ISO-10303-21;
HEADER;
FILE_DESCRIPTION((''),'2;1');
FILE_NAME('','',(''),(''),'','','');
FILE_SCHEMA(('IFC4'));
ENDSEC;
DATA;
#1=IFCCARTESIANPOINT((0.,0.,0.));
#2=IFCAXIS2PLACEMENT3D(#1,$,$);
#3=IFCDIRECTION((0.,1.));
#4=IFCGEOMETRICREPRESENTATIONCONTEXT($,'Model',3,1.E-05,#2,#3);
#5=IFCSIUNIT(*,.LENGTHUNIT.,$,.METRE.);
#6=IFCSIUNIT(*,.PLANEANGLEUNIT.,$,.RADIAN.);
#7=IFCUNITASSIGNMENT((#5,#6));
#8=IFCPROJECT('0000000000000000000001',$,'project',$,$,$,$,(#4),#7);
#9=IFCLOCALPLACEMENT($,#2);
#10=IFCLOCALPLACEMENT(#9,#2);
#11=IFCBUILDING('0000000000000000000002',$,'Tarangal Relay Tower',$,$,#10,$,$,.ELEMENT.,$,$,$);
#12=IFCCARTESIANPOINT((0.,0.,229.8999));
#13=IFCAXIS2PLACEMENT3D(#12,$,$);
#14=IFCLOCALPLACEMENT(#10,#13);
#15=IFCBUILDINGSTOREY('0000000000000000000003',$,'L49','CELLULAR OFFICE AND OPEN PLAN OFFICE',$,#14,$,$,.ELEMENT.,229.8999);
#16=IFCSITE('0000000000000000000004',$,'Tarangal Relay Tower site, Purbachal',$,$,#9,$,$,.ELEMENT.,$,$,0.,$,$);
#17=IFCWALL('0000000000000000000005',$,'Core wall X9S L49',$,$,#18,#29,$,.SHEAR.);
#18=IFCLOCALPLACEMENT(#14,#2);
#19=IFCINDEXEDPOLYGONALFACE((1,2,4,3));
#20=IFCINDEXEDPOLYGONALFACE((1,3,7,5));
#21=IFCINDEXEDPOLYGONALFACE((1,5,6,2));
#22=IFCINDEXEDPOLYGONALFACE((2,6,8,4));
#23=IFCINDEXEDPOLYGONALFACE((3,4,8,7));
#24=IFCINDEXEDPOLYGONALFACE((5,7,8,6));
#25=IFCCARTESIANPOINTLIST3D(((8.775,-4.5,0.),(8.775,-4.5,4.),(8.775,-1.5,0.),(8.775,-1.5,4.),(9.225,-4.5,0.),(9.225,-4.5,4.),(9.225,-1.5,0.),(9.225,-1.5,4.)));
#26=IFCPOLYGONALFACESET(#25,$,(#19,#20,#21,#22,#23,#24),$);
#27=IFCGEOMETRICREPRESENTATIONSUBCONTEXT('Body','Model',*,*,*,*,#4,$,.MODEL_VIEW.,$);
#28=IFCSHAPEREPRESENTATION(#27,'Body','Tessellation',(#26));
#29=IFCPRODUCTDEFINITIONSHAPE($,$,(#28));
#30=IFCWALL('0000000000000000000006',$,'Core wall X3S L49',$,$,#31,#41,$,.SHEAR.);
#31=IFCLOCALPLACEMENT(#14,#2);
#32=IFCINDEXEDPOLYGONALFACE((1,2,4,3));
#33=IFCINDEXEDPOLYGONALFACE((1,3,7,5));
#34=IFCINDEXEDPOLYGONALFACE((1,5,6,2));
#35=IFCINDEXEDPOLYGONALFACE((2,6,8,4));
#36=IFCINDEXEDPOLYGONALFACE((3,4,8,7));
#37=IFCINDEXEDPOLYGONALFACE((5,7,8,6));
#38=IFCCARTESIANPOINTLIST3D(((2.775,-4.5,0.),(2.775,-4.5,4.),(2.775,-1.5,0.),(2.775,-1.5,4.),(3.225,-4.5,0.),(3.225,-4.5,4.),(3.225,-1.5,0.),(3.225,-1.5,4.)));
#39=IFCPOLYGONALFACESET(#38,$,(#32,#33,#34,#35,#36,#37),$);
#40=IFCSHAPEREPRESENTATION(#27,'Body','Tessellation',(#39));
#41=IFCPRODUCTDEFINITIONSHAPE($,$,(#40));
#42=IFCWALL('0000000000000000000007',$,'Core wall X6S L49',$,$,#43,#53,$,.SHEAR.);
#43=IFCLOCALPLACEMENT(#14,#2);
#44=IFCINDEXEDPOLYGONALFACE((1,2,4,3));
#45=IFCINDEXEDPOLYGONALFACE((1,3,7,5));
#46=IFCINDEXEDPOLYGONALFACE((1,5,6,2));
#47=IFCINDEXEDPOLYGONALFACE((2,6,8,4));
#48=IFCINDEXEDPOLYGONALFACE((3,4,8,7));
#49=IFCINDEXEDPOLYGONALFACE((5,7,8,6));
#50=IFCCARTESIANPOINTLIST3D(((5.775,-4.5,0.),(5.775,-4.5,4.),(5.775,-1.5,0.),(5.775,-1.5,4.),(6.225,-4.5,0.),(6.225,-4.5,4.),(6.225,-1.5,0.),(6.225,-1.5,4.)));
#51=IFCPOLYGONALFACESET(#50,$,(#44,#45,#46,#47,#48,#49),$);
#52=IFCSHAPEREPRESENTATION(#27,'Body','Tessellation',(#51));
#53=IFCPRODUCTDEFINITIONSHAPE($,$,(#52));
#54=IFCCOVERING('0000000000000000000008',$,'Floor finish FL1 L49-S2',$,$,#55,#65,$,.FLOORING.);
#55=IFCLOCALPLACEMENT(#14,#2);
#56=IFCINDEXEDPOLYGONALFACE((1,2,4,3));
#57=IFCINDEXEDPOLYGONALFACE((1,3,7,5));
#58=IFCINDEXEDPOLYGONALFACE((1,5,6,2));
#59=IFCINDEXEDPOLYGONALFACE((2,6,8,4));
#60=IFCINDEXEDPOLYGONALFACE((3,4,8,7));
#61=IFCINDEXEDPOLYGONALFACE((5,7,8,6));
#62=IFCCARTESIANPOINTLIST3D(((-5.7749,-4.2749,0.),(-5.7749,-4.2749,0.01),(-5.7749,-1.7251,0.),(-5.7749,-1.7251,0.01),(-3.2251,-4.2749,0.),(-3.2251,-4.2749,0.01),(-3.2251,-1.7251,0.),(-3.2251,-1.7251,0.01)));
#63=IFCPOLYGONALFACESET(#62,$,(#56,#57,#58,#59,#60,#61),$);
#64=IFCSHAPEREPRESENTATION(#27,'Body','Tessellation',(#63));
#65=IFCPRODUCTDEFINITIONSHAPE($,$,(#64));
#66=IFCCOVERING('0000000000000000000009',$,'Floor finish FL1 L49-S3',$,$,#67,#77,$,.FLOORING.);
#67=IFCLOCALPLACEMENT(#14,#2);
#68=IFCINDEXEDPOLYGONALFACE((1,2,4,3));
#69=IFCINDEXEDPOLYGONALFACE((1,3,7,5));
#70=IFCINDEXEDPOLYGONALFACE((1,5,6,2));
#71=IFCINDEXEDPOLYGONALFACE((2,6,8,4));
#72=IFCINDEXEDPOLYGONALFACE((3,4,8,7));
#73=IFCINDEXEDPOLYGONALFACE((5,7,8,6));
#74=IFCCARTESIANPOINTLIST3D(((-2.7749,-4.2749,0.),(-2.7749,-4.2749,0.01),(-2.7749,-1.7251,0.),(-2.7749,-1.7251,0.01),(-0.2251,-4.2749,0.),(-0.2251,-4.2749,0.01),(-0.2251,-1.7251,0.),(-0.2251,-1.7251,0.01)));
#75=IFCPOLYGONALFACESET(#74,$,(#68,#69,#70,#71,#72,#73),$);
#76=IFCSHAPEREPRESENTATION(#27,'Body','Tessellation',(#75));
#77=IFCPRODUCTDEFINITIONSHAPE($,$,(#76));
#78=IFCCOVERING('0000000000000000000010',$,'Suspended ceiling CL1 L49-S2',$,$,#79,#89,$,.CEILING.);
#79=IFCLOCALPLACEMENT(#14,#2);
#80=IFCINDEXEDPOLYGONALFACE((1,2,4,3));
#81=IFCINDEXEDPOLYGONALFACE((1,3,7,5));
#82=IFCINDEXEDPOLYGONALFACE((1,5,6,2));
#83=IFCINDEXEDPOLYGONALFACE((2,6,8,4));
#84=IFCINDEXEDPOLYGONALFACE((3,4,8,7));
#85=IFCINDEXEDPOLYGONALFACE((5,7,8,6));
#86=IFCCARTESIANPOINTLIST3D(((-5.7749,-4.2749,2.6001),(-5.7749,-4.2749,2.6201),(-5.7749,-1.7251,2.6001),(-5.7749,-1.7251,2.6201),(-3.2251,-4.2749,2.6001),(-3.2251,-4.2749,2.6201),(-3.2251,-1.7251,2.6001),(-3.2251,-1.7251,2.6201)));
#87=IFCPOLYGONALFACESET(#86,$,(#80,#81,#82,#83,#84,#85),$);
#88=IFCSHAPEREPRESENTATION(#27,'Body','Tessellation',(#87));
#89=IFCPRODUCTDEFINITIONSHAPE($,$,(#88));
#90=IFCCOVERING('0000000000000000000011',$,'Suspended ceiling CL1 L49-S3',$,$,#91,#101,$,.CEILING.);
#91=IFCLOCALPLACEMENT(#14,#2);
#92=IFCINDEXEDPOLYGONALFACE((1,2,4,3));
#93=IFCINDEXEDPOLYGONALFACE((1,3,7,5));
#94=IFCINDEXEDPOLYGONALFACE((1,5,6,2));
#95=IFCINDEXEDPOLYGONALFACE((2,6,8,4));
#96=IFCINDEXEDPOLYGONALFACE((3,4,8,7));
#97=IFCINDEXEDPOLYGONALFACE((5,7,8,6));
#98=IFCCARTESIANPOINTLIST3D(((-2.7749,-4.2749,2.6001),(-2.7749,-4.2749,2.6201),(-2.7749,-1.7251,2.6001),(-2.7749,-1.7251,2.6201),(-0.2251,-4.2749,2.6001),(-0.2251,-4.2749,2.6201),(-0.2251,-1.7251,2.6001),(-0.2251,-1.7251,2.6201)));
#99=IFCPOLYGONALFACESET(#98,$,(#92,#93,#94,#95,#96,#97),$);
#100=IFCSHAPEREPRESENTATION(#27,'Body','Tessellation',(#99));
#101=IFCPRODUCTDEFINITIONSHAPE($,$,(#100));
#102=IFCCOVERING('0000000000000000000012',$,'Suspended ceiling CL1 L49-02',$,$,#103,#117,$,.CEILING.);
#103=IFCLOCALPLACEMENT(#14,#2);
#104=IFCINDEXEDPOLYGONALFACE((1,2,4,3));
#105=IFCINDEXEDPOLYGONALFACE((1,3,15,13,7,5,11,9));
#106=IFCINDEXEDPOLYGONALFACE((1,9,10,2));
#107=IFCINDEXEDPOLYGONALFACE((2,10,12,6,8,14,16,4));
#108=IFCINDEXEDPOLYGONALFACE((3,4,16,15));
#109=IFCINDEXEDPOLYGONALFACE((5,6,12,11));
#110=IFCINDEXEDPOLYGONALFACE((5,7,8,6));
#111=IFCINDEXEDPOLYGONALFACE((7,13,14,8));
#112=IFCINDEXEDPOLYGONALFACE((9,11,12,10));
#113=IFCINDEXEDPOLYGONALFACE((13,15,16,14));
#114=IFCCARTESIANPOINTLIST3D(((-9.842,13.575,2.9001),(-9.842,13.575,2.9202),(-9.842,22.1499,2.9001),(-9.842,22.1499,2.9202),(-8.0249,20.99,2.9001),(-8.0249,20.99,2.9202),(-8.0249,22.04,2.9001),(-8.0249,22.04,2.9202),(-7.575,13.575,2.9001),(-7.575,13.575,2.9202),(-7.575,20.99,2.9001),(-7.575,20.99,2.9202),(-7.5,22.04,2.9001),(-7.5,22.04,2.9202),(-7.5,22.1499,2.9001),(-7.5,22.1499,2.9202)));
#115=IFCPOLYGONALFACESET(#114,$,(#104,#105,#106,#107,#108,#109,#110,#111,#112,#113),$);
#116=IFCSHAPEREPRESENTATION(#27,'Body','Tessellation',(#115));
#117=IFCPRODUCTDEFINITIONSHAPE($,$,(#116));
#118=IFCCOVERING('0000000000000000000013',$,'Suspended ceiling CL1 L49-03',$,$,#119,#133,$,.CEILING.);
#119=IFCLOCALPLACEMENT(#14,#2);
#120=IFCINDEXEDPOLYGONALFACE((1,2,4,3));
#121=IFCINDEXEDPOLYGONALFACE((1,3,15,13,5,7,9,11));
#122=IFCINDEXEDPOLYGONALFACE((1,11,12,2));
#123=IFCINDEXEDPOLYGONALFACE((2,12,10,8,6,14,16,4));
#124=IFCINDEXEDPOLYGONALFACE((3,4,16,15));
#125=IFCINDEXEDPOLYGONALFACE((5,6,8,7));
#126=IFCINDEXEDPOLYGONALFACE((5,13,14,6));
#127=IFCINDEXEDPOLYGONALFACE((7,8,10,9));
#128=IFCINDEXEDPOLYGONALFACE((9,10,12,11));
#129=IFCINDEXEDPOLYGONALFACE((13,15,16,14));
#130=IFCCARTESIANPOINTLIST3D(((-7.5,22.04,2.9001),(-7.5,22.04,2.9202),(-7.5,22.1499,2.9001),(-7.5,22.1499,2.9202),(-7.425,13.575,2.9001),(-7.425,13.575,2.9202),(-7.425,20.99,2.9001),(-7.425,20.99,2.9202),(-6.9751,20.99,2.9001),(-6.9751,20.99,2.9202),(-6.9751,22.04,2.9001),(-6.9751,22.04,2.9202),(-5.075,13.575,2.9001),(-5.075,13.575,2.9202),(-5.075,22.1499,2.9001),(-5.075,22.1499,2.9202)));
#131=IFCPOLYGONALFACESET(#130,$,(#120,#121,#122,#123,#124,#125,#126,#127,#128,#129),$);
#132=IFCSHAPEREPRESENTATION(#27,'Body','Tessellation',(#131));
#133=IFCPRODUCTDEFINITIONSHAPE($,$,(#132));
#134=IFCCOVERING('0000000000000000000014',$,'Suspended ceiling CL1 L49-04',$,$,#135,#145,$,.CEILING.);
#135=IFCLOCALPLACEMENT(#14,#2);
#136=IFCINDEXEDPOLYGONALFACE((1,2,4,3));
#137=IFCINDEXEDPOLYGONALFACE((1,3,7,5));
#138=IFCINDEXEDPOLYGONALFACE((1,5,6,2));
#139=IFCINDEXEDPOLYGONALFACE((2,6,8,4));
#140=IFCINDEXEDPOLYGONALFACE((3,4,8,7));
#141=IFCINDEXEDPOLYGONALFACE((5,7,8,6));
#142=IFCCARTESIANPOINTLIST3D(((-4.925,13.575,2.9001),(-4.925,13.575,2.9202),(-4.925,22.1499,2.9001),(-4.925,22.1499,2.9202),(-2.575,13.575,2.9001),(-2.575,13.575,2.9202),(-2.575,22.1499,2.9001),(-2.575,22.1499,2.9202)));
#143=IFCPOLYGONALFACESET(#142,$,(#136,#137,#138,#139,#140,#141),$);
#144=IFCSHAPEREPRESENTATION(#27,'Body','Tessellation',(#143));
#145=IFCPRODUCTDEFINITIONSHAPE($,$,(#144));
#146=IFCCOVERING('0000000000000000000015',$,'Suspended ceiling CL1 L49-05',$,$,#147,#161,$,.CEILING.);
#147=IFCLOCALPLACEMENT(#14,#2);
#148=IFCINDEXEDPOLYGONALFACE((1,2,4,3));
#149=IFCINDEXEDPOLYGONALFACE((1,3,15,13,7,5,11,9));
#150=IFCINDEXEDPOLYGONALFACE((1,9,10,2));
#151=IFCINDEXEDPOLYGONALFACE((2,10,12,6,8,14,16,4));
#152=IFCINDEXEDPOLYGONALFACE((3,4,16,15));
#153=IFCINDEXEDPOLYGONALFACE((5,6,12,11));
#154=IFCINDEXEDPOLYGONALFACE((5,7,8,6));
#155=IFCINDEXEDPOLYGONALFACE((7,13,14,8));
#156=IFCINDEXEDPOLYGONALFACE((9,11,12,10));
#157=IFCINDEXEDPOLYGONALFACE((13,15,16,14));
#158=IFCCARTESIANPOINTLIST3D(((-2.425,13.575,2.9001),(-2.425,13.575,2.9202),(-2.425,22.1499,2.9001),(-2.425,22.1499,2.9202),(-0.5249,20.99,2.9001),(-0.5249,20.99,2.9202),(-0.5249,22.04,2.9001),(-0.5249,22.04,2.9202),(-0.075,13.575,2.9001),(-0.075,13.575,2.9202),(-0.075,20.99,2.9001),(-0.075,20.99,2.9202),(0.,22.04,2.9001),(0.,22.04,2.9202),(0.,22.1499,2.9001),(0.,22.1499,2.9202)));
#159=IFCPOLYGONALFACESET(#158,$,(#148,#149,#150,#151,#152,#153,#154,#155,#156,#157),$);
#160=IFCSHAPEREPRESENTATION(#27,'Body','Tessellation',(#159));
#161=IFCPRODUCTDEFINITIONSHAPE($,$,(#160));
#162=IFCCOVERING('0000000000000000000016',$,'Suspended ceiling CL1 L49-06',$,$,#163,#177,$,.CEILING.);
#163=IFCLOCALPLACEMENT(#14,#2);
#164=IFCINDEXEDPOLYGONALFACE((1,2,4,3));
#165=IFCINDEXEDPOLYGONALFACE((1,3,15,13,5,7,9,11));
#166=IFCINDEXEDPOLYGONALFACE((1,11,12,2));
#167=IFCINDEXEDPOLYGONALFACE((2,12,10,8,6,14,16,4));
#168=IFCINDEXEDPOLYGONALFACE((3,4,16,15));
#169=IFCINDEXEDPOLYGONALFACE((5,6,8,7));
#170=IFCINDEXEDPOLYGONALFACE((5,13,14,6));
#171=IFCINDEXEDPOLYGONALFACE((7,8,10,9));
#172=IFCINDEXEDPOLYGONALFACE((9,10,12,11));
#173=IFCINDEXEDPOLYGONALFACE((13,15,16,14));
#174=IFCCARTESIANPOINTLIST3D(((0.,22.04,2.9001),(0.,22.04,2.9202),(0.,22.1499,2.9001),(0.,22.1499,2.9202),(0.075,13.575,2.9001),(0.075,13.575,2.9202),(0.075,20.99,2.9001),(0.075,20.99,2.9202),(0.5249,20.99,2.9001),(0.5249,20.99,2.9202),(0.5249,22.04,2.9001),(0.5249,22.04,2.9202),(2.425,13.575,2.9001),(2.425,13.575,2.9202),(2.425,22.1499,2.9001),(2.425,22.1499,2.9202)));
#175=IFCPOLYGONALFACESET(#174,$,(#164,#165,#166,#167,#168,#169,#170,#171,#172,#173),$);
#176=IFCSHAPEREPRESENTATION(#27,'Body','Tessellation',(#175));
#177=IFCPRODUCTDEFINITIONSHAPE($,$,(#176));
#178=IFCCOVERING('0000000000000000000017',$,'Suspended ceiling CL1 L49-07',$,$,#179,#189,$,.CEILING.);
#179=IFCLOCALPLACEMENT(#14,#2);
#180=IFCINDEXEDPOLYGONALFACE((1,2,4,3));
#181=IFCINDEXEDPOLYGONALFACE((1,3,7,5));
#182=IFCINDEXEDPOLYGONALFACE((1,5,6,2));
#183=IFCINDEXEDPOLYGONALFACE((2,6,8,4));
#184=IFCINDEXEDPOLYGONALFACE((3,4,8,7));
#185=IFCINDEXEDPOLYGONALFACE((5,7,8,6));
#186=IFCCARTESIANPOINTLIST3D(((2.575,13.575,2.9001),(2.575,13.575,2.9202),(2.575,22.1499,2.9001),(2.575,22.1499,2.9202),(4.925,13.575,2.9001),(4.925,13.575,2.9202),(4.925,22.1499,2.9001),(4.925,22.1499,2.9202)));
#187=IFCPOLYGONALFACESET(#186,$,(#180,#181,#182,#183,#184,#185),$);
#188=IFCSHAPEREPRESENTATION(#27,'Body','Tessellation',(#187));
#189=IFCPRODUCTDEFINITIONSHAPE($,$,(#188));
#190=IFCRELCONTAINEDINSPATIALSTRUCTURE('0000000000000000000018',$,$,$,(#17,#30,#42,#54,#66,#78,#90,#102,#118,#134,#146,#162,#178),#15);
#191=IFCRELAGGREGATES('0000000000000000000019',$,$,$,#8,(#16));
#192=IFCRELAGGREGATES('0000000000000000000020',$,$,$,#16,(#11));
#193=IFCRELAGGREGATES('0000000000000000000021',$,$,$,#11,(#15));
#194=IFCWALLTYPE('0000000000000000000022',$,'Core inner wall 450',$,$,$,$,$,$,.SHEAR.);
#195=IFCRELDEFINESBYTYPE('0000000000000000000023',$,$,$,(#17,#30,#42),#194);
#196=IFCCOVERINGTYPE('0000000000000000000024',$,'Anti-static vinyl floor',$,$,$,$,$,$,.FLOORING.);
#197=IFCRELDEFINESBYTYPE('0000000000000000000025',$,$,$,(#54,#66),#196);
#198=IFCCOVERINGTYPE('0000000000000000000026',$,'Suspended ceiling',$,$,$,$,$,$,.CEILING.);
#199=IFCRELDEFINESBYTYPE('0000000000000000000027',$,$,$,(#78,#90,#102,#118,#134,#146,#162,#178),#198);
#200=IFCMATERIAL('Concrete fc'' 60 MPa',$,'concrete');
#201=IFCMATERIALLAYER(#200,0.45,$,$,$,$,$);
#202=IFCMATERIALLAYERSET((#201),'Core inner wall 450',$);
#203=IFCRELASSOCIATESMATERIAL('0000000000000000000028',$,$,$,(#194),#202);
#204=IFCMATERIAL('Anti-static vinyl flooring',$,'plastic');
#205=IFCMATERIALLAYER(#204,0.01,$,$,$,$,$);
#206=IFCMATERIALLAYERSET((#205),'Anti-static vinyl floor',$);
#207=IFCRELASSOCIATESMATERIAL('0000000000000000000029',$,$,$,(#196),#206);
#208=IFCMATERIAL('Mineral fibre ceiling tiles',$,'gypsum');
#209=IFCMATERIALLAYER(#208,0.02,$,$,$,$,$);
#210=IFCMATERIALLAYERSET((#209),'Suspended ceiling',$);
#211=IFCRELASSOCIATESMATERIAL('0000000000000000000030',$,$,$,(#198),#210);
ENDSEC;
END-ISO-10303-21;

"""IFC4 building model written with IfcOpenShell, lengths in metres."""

from ifc_helpers import new_model, si_unit, direction, frame, frame_2d, origin, place, context, subcontext, project, spatial, polyline, rectangle, outline, extrude, material, layer, layer_set, type_object, element, save


model = new_model("IFC4")

# Units and contexts
model_context = context("Model", 3, precision=1e-05, world=origin(), true_north=direction((0.0, 1.0)))
body_context = subcontext(model_context, "Body", "Model", "MODEL_VIEW")
ifc_project = project(units=[si_unit("LENGTHUNIT", "METRE"), si_unit("PLANEANGLEUNIT", "RADIAN")], contexts=[model_context])

# Site, building, storey
site_placement = place(None, origin())
site = spatial("IfcSite", under=ifc_project, at=site_placement, Name="Tarangal Relay Tower site, Purbachal", CompositionType="ELEMENT", RefElevation=0.0)
building_placement = place(site_placement, origin())
building = spatial("IfcBuilding", under=site, at=building_placement, Name="Tarangal Relay Tower", CompositionType="ELEMENT")
storey_placement = place(building_placement, frame((0.0, 0.0, 229.8999)))
storey = spatial("IfcBuildingStorey", under=building, at=storey_placement, Name="L49", Description="CELLULAR OFFICE AND OPEN PLAN OFFICE", CompositionType="ELEMENT", Elevation=229.8999)

# Walls
ifc_material_1 = material(Name="Concrete fc' 60 MPa", Category="concrete")
ifc_layer_1 = layer(ifc_material_1, 0.45)
ifc_layer_set_1 = layer_set([ifc_layer_1], Name="Core inner wall 450")
wall_type_1 = type_object("IfcWallType", Name="Core inner wall 450", PredefinedType="SHEAR", material=ifc_layer_set_1)
for number, where, z_axis, x_axis, name in (
    (1, (9.0, -4.5, 0.0), (0.0, 0.0, 1.0), (0.0, 1.0, 0.0), "Core wall X9S L49"),
    (2, (3.0, -4.5, 0.0), (0.0, 0.0, 1.0), (0.0, 1.0, 0.0), "Core wall X3S L49"),
    (3, (6.0, -4.5, 0.0), (0.0, 0.0, 1.0), (0.0, 1.0, 0.0), "Core wall X6S L49"),
):
    element("IfcWall", number, at=place(storey_placement, frame(where, z_axis=z_axis, x_axis=x_axis)), inside=storey, type_object=wall_type_1, Name=name, PredefinedType="SHEAR", context=body_context, shape_type="SweptSolid", body=[
        extrude(rectangle(XDim=3.0, YDim=0.45, at=frame_2d((1.5, 0.0))), origin(), (0.0, 0.0, 1.0), 4.0),
    ])

# Coverings
ifc_material_2 = material(Name="Anti-static vinyl flooring", Category="plastic")
ifc_layer_2 = layer(ifc_material_2, 0.01)
ifc_layer_set_2 = layer_set([ifc_layer_2], Name="Anti-static vinyl floor")
covering_type_1 = type_object("IfcCoveringType", Name="Anti-static vinyl floor", PredefinedType="FLOORING", material=ifc_layer_set_2)
covering_1_placement = place(storey_placement, origin())
element("IfcCovering", 4, at=covering_1_placement, inside=storey, type_object=covering_type_1, Name="Floor finish FL1 L49-S2", PredefinedType="FLOORING", context=body_context, shape_type="SweptSolid", body=[
    extrude(outline(polyline([(-5.7749, -4.2749), (-3.2251, -4.2749), (-3.2251, -1.7251), (-5.7749, -1.7251), (-5.7749, -4.2749)])), origin(), (0.0, 0.0, 1.0), 0.01),
])
covering_2_placement = place(storey_placement, origin())
element("IfcCovering", 5, at=covering_2_placement, inside=storey, type_object=covering_type_1, Name="Floor finish FL1 L49-S3", PredefinedType="FLOORING", context=body_context, shape_type="SweptSolid", body=[
    extrude(outline(polyline([(-2.7749, -4.2749), (-0.2251, -4.2749), (-0.2251, -1.7251), (-2.7749, -1.7251), (-2.7749, -4.2749)])), origin(), (0.0, 0.0, 1.0), 0.01),
])
ifc_material_3 = material(Name="Mineral fibre ceiling tiles", Category="gypsum")
ifc_layer_3 = layer(ifc_material_3, 0.02)
ifc_layer_set_3 = layer_set([ifc_layer_3], Name="Suspended ceiling")
covering_type_2 = type_object("IfcCoveringType", Name="Suspended ceiling", PredefinedType="CEILING", material=ifc_layer_set_3)
covering_3_placement = place(storey_placement, frame((0.0, 0.0, 2.6001)))
element("IfcCovering", 6, at=covering_3_placement, inside=storey, type_object=covering_type_2, Name="Suspended ceiling CL1 L49-S2", PredefinedType="CEILING", context=body_context, shape_type="SweptSolid", body=[
    extrude(outline(polyline([(-5.7749, -4.2749), (-3.2251, -4.2749), (-3.2251, -1.7251), (-5.7749, -1.7251), (-5.7749, -4.2749)])), origin(), (0.0, 0.0, 1.0), 0.02),
])
covering_4_placement = place(storey_placement, frame((0.0, 0.0, 2.6001)))
element("IfcCovering", 7, at=covering_4_placement, inside=storey, type_object=covering_type_2, Name="Suspended ceiling CL1 L49-S3", PredefinedType="CEILING", context=body_context, shape_type="SweptSolid", body=[
    extrude(outline(polyline([(-2.7749, -4.2749), (-0.2251, -4.2749), (-0.2251, -1.7251), (-2.7749, -1.7251), (-2.7749, -4.2749)])), origin(), (0.0, 0.0, 1.0), 0.02),
])
covering_5_placement = place(storey_placement, frame((0.0, 0.0, 2.9001)))
element("IfcCovering", 8, at=covering_5_placement, inside=storey, type_object=covering_type_2, Name="Suspended ceiling CL1 L49-02", PredefinedType="CEILING", context=body_context, shape_type="SweptSolid", body=[
    extrude(outline(polyline([(-7.5, 22.1499), (-9.842, 22.1499), (-9.842, 13.575), (-7.575, 13.575), (-7.575, 20.99), (-8.0249, 20.99), (-8.0249, 22.04), (-7.5, 22.04), (-7.5, 22.1499)])), origin(), (0.0, 0.0, 1.0), 0.02),
])
covering_6_placement = place(storey_placement, frame((0.0, 0.0, 2.9001)))
element("IfcCovering", 9, at=covering_6_placement, inside=storey, type_object=covering_type_2, Name="Suspended ceiling CL1 L49-03", PredefinedType="CEILING", context=body_context, shape_type="SweptSolid", body=[
    extrude(outline(polyline([(-5.075, 22.1499), (-7.5, 22.1499), (-7.5, 22.04), (-6.9751, 22.04), (-6.9751, 20.99), (-7.425, 20.99), (-7.425, 13.575), (-5.075, 13.575), (-5.075, 22.1499)])), origin(), (0.0, 0.0, 1.0), 0.02),
])
covering_7_placement = place(storey_placement, frame((0.0, 0.0, 2.9001)))
element("IfcCovering", 10, at=covering_7_placement, inside=storey, type_object=covering_type_2, Name="Suspended ceiling CL1 L49-04", PredefinedType="CEILING", context=body_context, shape_type="SweptSolid", body=[
    extrude(outline(polyline([(-4.925, 22.1499), (-4.925, 13.575), (-2.575, 13.575), (-2.575, 22.1499), (-4.925, 22.1499)])), origin(), (0.0, 0.0, 1.0), 0.02),
])
covering_8_placement = place(storey_placement, frame((0.0, 0.0, 2.9001)))
element("IfcCovering", 11, at=covering_8_placement, inside=storey, type_object=covering_type_2, Name="Suspended ceiling CL1 L49-05", PredefinedType="CEILING", context=body_context, shape_type="SweptSolid", body=[
    extrude(outline(polyline([(0.0, 22.1499), (-2.425, 22.1499), (-2.425, 13.575), (-0.075, 13.575), (-0.075, 20.99), (-0.5249, 20.99), (-0.5249, 22.04), (0.0, 22.04), (0.0, 22.1499)])), origin(), (0.0, 0.0, 1.0), 0.02),
])
covering_9_placement = place(storey_placement, frame((0.0, 0.0, 2.9001)))
element("IfcCovering", 12, at=covering_9_placement, inside=storey, type_object=covering_type_2, Name="Suspended ceiling CL1 L49-06", PredefinedType="CEILING", context=body_context, shape_type="SweptSolid", body=[
    extrude(outline(polyline([(2.425, 22.1499), (0.0, 22.1499), (0.0, 22.04), (0.5249, 22.04), (0.5249, 20.99), (0.075, 20.99), (0.075, 13.575), (2.425, 13.575), (2.425, 22.1499)])), origin(), (0.0, 0.0, 1.0), 0.02),
])
covering_10_placement = place(storey_placement, frame((0.0, 0.0, 2.9001)))
element("IfcCovering", 13, at=covering_10_placement, inside=storey, type_object=covering_type_2, Name="Suspended ceiling CL1 L49-07", PredefinedType="CEILING", context=body_context, shape_type="SweptSolid", body=[
    extrude(outline(polyline([(2.575, 22.1499), (2.575, 13.575), (4.925, 13.575), (4.925, 22.1499), (2.575, 22.1499)])), origin(), (0.0, 0.0, 1.0), 0.02),
])

save(model, "model.ifc")
